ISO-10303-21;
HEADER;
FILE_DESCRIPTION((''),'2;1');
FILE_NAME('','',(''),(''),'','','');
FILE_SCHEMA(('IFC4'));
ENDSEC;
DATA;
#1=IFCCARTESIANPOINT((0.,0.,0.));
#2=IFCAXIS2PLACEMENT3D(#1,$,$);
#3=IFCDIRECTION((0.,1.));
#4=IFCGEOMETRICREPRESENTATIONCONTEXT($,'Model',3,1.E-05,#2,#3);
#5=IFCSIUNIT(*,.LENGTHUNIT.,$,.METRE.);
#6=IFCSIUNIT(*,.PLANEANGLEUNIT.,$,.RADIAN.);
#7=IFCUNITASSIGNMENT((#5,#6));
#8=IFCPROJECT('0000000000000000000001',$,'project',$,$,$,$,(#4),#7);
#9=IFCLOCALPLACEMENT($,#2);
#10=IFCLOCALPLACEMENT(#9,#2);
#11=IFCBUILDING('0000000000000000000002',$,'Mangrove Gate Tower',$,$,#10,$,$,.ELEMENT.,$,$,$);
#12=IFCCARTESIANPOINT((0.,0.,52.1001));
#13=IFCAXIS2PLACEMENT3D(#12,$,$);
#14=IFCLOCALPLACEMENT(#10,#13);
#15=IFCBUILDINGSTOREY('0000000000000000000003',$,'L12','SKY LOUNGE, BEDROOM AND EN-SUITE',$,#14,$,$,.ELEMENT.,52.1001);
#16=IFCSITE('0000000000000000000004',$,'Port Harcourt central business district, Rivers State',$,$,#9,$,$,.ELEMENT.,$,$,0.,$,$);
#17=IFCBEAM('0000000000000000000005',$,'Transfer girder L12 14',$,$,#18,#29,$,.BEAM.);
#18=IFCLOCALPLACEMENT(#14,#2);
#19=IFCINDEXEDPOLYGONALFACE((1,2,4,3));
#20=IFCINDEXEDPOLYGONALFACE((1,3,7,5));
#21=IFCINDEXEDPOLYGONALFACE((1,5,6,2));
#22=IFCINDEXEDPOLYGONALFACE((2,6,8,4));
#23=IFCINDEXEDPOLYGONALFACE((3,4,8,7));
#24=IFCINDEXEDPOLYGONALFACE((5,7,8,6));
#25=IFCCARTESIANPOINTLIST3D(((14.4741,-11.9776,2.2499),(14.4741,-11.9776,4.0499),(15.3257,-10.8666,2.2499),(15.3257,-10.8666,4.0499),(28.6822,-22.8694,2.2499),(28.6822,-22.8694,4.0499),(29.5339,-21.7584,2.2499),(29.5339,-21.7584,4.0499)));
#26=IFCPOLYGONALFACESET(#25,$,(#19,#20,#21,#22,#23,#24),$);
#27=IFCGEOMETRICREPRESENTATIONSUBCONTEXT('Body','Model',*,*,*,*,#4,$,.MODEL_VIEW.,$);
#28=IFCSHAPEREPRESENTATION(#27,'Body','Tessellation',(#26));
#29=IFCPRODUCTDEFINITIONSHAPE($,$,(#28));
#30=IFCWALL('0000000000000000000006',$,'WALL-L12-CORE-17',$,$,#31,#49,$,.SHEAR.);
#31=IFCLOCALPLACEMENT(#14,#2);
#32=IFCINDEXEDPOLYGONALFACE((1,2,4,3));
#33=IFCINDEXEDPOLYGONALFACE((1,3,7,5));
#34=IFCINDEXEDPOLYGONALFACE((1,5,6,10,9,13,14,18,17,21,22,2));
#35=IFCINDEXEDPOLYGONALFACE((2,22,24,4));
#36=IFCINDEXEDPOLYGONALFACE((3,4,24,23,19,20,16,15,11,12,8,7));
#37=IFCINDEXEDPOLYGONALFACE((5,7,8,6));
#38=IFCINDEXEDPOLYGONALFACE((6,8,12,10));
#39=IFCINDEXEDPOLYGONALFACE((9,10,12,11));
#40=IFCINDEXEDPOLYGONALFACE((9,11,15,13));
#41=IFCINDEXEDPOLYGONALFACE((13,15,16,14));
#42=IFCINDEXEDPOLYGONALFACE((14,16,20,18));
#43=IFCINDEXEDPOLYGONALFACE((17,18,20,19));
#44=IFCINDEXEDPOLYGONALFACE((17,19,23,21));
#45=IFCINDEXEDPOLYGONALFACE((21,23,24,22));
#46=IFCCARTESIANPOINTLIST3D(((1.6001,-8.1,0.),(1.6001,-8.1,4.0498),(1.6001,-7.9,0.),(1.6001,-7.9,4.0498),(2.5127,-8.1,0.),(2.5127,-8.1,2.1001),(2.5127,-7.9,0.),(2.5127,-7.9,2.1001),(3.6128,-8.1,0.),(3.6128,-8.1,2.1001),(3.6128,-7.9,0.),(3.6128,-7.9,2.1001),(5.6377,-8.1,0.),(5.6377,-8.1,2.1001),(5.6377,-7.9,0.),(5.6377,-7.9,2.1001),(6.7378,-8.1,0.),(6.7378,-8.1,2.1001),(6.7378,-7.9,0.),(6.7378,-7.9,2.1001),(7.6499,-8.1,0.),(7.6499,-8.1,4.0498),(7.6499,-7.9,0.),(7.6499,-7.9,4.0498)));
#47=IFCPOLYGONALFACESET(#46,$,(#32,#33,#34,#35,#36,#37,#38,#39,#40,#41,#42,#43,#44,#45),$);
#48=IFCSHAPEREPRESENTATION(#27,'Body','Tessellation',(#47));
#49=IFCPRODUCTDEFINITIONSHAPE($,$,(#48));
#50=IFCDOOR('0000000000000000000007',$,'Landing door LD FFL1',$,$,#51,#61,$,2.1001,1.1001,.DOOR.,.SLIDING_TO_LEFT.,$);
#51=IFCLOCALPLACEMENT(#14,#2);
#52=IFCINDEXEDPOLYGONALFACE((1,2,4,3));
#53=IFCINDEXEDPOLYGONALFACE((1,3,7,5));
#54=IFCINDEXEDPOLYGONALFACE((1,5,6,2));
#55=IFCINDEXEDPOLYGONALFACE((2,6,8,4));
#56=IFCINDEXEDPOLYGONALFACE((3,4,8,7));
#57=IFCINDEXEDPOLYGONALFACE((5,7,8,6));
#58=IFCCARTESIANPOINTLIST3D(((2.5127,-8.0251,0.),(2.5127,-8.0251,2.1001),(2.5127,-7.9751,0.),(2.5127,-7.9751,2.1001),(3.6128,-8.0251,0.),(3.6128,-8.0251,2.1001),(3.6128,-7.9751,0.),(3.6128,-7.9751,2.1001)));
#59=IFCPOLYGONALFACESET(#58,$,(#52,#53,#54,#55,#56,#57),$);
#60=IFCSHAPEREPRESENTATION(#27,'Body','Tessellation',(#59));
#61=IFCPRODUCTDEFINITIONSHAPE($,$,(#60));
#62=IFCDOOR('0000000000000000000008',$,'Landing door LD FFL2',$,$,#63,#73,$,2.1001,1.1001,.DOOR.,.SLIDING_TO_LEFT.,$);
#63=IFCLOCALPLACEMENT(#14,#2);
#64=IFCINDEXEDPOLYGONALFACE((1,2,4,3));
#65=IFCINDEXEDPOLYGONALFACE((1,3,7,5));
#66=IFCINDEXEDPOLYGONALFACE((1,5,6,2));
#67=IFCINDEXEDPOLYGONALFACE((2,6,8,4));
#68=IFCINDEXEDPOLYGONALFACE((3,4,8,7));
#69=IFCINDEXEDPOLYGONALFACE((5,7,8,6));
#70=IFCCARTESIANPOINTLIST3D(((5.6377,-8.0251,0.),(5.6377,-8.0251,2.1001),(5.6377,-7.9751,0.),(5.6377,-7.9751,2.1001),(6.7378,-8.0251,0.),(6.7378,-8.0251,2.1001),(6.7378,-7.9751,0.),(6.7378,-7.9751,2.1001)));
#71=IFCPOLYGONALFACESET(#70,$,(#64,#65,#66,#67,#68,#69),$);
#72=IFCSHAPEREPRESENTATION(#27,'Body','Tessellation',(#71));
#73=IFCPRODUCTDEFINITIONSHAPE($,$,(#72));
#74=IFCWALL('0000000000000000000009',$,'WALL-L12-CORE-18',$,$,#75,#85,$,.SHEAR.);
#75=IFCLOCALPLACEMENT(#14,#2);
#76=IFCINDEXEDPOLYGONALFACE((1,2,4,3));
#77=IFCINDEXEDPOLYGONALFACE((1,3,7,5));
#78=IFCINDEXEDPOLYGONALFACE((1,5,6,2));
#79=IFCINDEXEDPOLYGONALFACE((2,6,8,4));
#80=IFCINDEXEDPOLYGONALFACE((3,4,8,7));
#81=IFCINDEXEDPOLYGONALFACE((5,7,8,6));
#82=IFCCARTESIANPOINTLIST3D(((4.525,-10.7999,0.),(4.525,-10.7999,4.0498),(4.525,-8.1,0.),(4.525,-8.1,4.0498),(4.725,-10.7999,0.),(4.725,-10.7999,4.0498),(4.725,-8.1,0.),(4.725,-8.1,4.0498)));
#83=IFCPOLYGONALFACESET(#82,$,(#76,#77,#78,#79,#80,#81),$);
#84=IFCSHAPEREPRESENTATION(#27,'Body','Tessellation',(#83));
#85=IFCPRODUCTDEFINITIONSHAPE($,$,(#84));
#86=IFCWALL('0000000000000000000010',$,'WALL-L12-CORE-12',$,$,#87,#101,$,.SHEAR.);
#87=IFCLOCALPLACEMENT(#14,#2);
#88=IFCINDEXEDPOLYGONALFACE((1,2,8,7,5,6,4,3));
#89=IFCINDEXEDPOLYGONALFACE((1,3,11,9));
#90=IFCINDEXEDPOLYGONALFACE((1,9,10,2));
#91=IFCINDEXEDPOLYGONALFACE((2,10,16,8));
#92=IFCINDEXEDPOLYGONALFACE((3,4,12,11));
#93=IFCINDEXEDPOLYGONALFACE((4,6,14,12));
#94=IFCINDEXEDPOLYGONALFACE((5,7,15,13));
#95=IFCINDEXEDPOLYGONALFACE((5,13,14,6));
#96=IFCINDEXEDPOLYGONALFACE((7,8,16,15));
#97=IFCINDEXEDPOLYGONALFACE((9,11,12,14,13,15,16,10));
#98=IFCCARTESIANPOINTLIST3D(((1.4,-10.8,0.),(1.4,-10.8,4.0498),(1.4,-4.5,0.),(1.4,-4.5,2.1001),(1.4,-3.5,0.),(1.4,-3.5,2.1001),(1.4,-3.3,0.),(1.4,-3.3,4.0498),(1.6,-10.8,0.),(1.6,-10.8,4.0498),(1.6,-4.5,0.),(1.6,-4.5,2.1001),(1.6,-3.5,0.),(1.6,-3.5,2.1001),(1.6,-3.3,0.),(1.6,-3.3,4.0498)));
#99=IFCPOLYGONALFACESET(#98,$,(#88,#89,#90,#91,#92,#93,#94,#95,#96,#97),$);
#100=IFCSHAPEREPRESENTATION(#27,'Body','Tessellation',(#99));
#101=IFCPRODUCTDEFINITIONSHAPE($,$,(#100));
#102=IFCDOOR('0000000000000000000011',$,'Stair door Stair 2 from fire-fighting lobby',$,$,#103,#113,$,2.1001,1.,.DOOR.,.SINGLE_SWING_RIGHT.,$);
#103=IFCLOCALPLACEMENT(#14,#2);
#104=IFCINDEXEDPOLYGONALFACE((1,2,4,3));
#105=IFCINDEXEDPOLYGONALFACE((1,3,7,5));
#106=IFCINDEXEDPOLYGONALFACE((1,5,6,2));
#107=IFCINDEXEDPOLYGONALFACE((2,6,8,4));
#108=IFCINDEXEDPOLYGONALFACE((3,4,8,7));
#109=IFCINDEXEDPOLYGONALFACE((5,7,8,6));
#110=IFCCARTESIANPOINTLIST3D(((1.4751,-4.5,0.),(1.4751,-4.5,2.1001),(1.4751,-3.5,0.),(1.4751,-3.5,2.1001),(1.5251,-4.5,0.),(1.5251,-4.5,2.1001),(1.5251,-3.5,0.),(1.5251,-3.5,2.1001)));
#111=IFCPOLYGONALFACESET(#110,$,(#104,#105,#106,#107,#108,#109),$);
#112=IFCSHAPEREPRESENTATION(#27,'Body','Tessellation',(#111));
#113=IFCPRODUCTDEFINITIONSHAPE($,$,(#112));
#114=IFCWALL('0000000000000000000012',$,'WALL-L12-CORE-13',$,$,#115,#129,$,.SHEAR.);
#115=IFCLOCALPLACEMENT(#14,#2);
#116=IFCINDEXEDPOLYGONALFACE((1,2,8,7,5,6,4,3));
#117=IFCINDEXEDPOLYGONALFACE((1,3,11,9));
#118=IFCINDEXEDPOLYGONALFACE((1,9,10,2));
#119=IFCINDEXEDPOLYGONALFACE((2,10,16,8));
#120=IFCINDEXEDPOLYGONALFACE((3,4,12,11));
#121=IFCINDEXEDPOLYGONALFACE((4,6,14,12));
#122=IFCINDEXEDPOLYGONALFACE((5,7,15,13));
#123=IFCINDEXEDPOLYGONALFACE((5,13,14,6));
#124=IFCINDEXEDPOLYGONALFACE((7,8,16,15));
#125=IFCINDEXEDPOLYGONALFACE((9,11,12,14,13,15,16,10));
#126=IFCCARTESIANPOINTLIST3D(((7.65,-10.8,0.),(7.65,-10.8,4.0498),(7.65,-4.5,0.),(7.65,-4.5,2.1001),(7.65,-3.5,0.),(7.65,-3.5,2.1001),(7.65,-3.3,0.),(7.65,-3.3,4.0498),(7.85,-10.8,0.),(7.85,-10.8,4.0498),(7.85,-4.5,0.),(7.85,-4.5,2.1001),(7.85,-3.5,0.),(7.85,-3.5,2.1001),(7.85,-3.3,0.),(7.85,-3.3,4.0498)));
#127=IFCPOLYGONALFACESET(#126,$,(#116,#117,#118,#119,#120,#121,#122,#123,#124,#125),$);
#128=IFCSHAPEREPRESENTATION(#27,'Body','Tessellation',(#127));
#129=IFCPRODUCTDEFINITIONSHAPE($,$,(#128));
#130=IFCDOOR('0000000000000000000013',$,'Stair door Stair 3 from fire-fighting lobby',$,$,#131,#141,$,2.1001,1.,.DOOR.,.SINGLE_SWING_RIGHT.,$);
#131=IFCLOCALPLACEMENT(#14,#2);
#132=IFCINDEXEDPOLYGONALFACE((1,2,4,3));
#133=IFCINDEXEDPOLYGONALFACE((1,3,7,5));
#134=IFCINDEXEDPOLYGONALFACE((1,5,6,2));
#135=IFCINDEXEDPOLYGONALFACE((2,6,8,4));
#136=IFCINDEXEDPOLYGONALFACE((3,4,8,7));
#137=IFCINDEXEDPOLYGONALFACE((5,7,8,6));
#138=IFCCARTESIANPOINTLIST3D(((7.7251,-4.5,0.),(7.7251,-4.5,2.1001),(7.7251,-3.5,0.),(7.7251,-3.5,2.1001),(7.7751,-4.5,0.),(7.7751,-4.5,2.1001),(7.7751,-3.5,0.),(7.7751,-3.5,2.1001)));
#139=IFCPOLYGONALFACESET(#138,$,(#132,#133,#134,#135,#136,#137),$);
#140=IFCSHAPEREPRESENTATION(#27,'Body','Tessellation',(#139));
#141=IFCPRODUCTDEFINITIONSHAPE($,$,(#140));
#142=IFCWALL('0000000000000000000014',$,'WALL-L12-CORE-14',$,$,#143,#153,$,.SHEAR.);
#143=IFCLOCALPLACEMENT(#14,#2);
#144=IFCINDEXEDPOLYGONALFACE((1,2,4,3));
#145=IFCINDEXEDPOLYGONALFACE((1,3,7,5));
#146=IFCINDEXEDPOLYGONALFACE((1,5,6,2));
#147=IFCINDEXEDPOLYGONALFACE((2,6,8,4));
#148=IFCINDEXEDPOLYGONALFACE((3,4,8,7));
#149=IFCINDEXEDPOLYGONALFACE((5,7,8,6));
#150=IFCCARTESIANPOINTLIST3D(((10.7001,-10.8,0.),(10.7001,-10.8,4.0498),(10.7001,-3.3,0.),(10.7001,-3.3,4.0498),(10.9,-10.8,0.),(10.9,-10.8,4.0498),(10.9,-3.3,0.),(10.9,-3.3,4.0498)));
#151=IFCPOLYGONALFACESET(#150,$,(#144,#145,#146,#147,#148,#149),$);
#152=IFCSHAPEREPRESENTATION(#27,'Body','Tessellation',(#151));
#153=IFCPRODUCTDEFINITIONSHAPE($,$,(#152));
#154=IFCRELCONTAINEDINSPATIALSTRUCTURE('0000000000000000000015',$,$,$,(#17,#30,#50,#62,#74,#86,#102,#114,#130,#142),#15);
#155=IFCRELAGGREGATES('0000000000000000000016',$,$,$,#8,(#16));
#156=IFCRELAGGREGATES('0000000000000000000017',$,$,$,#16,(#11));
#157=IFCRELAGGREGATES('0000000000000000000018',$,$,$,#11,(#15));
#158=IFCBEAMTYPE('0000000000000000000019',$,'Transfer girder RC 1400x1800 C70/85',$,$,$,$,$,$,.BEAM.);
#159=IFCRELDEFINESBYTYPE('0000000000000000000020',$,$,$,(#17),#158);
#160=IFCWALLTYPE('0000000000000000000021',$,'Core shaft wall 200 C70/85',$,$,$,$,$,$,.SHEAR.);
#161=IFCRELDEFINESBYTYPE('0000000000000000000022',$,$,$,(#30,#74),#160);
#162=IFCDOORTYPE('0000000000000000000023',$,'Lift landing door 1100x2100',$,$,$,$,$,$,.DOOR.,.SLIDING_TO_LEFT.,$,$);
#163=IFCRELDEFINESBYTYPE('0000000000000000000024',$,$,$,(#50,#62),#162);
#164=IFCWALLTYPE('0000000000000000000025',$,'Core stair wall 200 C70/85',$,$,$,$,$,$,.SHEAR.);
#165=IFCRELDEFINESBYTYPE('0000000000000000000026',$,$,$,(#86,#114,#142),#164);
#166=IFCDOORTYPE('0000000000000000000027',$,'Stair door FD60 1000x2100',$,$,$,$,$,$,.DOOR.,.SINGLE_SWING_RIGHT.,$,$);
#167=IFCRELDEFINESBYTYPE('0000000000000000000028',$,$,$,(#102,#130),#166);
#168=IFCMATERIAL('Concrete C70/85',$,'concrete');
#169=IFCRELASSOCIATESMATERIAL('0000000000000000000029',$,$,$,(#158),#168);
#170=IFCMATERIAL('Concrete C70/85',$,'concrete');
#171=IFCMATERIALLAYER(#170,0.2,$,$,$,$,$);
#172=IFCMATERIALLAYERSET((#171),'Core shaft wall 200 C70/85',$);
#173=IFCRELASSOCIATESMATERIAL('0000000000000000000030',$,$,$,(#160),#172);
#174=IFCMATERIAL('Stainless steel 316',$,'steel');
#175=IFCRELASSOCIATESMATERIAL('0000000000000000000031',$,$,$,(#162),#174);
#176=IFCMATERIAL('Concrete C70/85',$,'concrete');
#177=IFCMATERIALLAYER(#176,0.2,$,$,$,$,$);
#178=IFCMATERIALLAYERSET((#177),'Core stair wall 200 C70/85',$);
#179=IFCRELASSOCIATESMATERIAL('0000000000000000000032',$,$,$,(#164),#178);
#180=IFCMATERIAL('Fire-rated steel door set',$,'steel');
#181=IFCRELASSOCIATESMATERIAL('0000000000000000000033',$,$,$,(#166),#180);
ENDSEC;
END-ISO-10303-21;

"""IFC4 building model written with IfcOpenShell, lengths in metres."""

from ifc_helpers import new_model, si_unit, direction, frame, frame_2d, origin, origin_2d, place, context, subcontext, project, spatial, rectangle, extrude, material, layer, layer_set, material_profile, profile_set, type_object, element, fill, save


model = new_model("IFC4")

# Units and contexts
model_context = context("Model", 3, precision=1e-05, world=origin(), true_north=direction((0.0, 1.0)))
body_context = subcontext(model_context, "Body", "Model", "MODEL_VIEW")
ifc_project = project(units=[si_unit("LENGTHUNIT", "METRE"), si_unit("PLANEANGLEUNIT", "RADIAN")], contexts=[model_context])

# Site, building, storey
site_placement = place(None, origin())
site = spatial("IfcSite", under=ifc_project, at=site_placement, Name="Port Harcourt central business district, Rivers State", CompositionType="ELEMENT", RefElevation=0.0)
building_placement = place(site_placement, origin())
building = spatial("IfcBuilding", under=site, at=building_placement, Name="Mangrove Gate Tower", CompositionType="ELEMENT")
storey_placement = place(building_placement, frame((0.0, 0.0, 52.1001)))
storey = spatial("IfcBuildingStorey", under=building, at=storey_placement, Name="L12", Description="SKY LOUNGE, BEDROOM AND EN-SUITE", CompositionType="ELEMENT", Elevation=52.1001)

# Beam
ifc_material_1 = material(Name="Concrete C70/85", Category="concrete")
ifc_material_profile = material_profile(ifc_material_1, rectangle(XDim=1.3999, YDim=1.8, at=origin_2d()))
ifc_profile_set = profile_set([ifc_material_profile], Name="Concrete C70/85")
beam_type = type_object("IfcBeamType", Name="Transfer girder RC 1400x1800 C70/85", PredefinedType="BEAM", material=ifc_profile_set)
beam_placement = place(storey_placement, frame((14.8999, -11.4221, 3.1499), z_axis=(0.793637, -0.608391, 0.0), x_axis=(0.608391, 0.793637, 0.0)))
element("IfcBeam", 1, at=beam_placement, inside=storey, type_object=beam_type, Name="Transfer girder L12 14", PredefinedType="BEAM", context=body_context, shape_type="SweptSolid", body=[
    extrude(rectangle(XDim=1.3999, YDim=1.8, at=origin_2d()), origin(), (0.0, 0.0, 1.0), 17.9026),
])

# Wall, openings, doors
ifc_material_2 = material(Name="Concrete C70/85", Category="concrete")
ifc_layer_1 = layer(ifc_material_2, 0.2)
ifc_layer_set_1 = layer_set([ifc_layer_1], Name="Core shaft wall 200 C70/85")
wall_type_1 = type_object("IfcWallType", Name="Core shaft wall 200 C70/85", PredefinedType="SHEAR", material=ifc_layer_set_1)
wall_1_placement = place(storey_placement, frame((1.6001, -8.0, 0.0), z_axis=(0.0, 0.0, 1.0), x_axis=(1.0, 0.0, 0.0)))
wall_1 = element("IfcWall", 2, at=wall_1_placement, inside=storey, type_object=wall_type_1, Name="WALL-L12-CORE-17", PredefinedType="SHEAR", context=body_context, shape_type="SweptSolid", body=[
    extrude(rectangle(XDim=6.0498, YDim=0.2, at=frame_2d((3.0249, 0.0))), origin(), (0.0, 0.0, 1.0), 4.0498),
])
opening_1_placement = place(wall_1_placement, frame((0.9126, 0.0, 0.0)))
opening_1 = element("IfcOpeningElement", 3, at=opening_1_placement, cuts=wall_1, PredefinedType="OPENING", context=body_context, shape_type="SweptSolid", body=[
    extrude(rectangle(XDim=1.1001, YDim=2.1001, at=frame_2d((0.55, 1.05))), frame((0.0, 0.1099, 0.0), z_axis=(0.0, -1.0, 0.0), x_axis=(1.0, 0.0, 0.0)), (0.0, 0.0, 1.0), 0.22),
])
opening_2_placement = place(wall_1_placement, frame((4.0376, 0.0, 0.0)))
opening_2 = element("IfcOpeningElement", 4, at=opening_2_placement, cuts=wall_1, PredefinedType="OPENING", context=body_context, shape_type="SweptSolid", body=[
    extrude(rectangle(XDim=1.1001, YDim=2.1001, at=frame_2d((0.55, 1.05))), frame((0.0, 0.1099, 0.0), z_axis=(0.0, -1.0, 0.0), x_axis=(1.0, 0.0, 0.0)), (0.0, 0.0, 1.0), 0.22),
])
ifc_material_3 = material(Name="Stainless steel 316", Category="steel")
door_type_1 = type_object("IfcDoorType", Name="Lift landing door 1100x2100", OperationType="SLIDING_TO_LEFT", PredefinedType="DOOR", material=ifc_material_3)
door_1_placement = place(opening_1_placement, origin())
door_1 = element("IfcDoor", 5, at=door_1_placement, inside=storey, type_object=door_type_1, Name="Landing door LD FFL1", OperationType="SLIDING_TO_LEFT", OverallHeight=2.1001, OverallWidth=1.1001, PredefinedType="DOOR", context=body_context, shape_type="SweptSolid", body=[
    extrude(rectangle(XDim=1.1001, YDim=2.1001, at=frame_2d((0.55, 1.05))), frame((0.0, 0.0249, 0.0), z_axis=(0.0, -1.0, 0.0), x_axis=(1.0, 0.0, 0.0)), (0.0, 0.0, 1.0), 0.05),
])
fill(opening_1, door_1)
door_2_placement = place(opening_2_placement, origin())
door_2 = element("IfcDoor", 6, at=door_2_placement, inside=storey, type_object=door_type_1, Name="Landing door LD FFL2", OperationType="SLIDING_TO_LEFT", OverallHeight=2.1001, OverallWidth=1.1001, PredefinedType="DOOR", context=body_context, shape_type="SweptSolid", body=[
    extrude(rectangle(XDim=1.1001, YDim=2.1001, at=frame_2d((0.55, 1.05))), frame((0.0, 0.0249, 0.0), z_axis=(0.0, -1.0, 0.0), x_axis=(1.0, 0.0, 0.0)), (0.0, 0.0, 1.0), 0.05),
])
fill(opening_2, door_2)

# Wall
wall_2_placement = place(storey_placement, frame((4.625, -10.8, 0.0), z_axis=(0.0, 0.0, 1.0), x_axis=(0.0, 1.0, 0.0)))
element("IfcWall", 7, at=wall_2_placement, inside=storey, type_object=wall_type_1, Name="WALL-L12-CORE-18", PredefinedType="SHEAR", context=body_context, shape_type="SweptSolid", body=[
    extrude(rectangle(XDim=2.7, YDim=0.2, at=frame_2d((1.3501, 0.0))), origin(), (0.0, 0.0, 1.0), 4.0498),
])

# Walls, openings, doors
ifc_material_4 = material(Name="Concrete C70/85", Category="concrete")
ifc_layer_2 = layer(ifc_material_4, 0.2)
ifc_layer_set_2 = layer_set([ifc_layer_2], Name="Core stair wall 200 C70/85")
wall_type_2 = type_object("IfcWallType", Name="Core stair wall 200 C70/85", PredefinedType="SHEAR", material=ifc_layer_set_2)
wall_3_placement = place(storey_placement, frame((1.5, -10.8, 0.0), z_axis=(0.0, 0.0, 1.0), x_axis=(0.0, 1.0, 0.0)))
wall_3 = element("IfcWall", 8, at=wall_3_placement, inside=storey, type_object=wall_type_2, Name="WALL-L12-CORE-12", PredefinedType="SHEAR", context=body_context, shape_type="SweptSolid", body=[
    extrude(rectangle(XDim=7.5, YDim=0.2, at=frame_2d((3.75, 0.0))), origin(), (0.0, 0.0, 1.0), 4.0498),
])
opening_3_placement = place(wall_3_placement, frame((6.3, 0.0, 0.0)))
opening_3 = element("IfcOpeningElement", 9, at=opening_3_placement, cuts=wall_3, PredefinedType="OPENING", context=body_context, shape_type="SweptSolid", body=[
    extrude(rectangle(XDim=1.0, YDim=2.1001, at=frame_2d((0.5, 1.05))), frame((0.0, 0.1099, 0.0), z_axis=(0.0, -1.0, 0.0), x_axis=(1.0, 0.0, 0.0)), (0.0, 0.0, 1.0), 0.22),
])
ifc_material_5 = material(Name="Fire-rated steel door set", Category="steel")
door_type_2 = type_object("IfcDoorType", Name="Stair door FD60 1000x2100", OperationType="SINGLE_SWING_RIGHT", PredefinedType="DOOR", material=ifc_material_5)
door_3_placement = place(opening_3_placement, origin())
door_3 = element("IfcDoor", 10, at=door_3_placement, inside=storey, type_object=door_type_2, Name="Stair door Stair 2 from fire-fighting lobby", OperationType="SINGLE_SWING_RIGHT", OverallHeight=2.1001, OverallWidth=1.0, PredefinedType="DOOR", context=body_context, shape_type="SweptSolid", body=[
    extrude(rectangle(XDim=1.0, YDim=2.1001, at=frame_2d((0.5, 1.05))), frame((0.0, 0.0249, 0.0), z_axis=(0.0, -1.0, 0.0), x_axis=(1.0, 0.0, 0.0)), (0.0, 0.0, 1.0), 0.05),
])
fill(opening_3, door_3)
wall_4_placement = place(storey_placement, frame((7.75, -10.8, 0.0), z_axis=(0.0, 0.0, 1.0), x_axis=(0.0, 1.0, 0.0)))
wall_4 = element("IfcWall", 11, at=wall_4_placement, inside=storey, type_object=wall_type_2, Name="WALL-L12-CORE-13", PredefinedType="SHEAR", context=body_context, shape_type="SweptSolid", body=[
    extrude(rectangle(XDim=7.5, YDim=0.2, at=frame_2d((3.75, 0.0))), origin(), (0.0, 0.0, 1.0), 4.0498),
])
opening_4_placement = place(wall_4_placement, frame((6.3, 0.0, 0.0)))
opening_4 = element("IfcOpeningElement", 12, at=opening_4_placement, cuts=wall_4, PredefinedType="OPENING", context=body_context, shape_type="SweptSolid", body=[
    extrude(rectangle(XDim=1.0, YDim=2.1001, at=frame_2d((0.5, 1.05))), frame((0.0, 0.1099, 0.0), z_axis=(0.0, -1.0, 0.0), x_axis=(1.0, 0.0, 0.0)), (0.0, 0.0, 1.0), 0.22),
])
door_4_placement = place(opening_4_placement, origin())
door_4 = element("IfcDoor", 13, at=door_4_placement, inside=storey, type_object=door_type_2, Name="Stair door Stair 3 from fire-fighting lobby", OperationType="SINGLE_SWING_RIGHT", OverallHeight=2.1001, OverallWidth=1.0, PredefinedType="DOOR", context=body_context, shape_type="SweptSolid", body=[
    extrude(rectangle(XDim=1.0, YDim=2.1001, at=frame_2d((0.5, 1.05))), frame((0.0, 0.0249, 0.0), z_axis=(0.0, -1.0, 0.0), x_axis=(1.0, 0.0, 0.0)), (0.0, 0.0, 1.0), 0.05),
])
fill(opening_4, door_4)

# Wall
wall_5_placement = place(storey_placement, frame((10.8, -10.8, 0.0), z_axis=(0.0, 0.0, 1.0), x_axis=(0.0, 1.0, 0.0)))
element("IfcWall", 14, at=wall_5_placement, inside=storey, type_object=wall_type_2, Name="WALL-L12-CORE-14", PredefinedType="SHEAR", context=body_context, shape_type="SweptSolid", body=[
    extrude(rectangle(XDim=7.5, YDim=0.2, at=frame_2d((3.75, 0.0))), origin(), (0.0, 0.0, 1.0), 4.0498),
])

save(model, "model.ifc")
